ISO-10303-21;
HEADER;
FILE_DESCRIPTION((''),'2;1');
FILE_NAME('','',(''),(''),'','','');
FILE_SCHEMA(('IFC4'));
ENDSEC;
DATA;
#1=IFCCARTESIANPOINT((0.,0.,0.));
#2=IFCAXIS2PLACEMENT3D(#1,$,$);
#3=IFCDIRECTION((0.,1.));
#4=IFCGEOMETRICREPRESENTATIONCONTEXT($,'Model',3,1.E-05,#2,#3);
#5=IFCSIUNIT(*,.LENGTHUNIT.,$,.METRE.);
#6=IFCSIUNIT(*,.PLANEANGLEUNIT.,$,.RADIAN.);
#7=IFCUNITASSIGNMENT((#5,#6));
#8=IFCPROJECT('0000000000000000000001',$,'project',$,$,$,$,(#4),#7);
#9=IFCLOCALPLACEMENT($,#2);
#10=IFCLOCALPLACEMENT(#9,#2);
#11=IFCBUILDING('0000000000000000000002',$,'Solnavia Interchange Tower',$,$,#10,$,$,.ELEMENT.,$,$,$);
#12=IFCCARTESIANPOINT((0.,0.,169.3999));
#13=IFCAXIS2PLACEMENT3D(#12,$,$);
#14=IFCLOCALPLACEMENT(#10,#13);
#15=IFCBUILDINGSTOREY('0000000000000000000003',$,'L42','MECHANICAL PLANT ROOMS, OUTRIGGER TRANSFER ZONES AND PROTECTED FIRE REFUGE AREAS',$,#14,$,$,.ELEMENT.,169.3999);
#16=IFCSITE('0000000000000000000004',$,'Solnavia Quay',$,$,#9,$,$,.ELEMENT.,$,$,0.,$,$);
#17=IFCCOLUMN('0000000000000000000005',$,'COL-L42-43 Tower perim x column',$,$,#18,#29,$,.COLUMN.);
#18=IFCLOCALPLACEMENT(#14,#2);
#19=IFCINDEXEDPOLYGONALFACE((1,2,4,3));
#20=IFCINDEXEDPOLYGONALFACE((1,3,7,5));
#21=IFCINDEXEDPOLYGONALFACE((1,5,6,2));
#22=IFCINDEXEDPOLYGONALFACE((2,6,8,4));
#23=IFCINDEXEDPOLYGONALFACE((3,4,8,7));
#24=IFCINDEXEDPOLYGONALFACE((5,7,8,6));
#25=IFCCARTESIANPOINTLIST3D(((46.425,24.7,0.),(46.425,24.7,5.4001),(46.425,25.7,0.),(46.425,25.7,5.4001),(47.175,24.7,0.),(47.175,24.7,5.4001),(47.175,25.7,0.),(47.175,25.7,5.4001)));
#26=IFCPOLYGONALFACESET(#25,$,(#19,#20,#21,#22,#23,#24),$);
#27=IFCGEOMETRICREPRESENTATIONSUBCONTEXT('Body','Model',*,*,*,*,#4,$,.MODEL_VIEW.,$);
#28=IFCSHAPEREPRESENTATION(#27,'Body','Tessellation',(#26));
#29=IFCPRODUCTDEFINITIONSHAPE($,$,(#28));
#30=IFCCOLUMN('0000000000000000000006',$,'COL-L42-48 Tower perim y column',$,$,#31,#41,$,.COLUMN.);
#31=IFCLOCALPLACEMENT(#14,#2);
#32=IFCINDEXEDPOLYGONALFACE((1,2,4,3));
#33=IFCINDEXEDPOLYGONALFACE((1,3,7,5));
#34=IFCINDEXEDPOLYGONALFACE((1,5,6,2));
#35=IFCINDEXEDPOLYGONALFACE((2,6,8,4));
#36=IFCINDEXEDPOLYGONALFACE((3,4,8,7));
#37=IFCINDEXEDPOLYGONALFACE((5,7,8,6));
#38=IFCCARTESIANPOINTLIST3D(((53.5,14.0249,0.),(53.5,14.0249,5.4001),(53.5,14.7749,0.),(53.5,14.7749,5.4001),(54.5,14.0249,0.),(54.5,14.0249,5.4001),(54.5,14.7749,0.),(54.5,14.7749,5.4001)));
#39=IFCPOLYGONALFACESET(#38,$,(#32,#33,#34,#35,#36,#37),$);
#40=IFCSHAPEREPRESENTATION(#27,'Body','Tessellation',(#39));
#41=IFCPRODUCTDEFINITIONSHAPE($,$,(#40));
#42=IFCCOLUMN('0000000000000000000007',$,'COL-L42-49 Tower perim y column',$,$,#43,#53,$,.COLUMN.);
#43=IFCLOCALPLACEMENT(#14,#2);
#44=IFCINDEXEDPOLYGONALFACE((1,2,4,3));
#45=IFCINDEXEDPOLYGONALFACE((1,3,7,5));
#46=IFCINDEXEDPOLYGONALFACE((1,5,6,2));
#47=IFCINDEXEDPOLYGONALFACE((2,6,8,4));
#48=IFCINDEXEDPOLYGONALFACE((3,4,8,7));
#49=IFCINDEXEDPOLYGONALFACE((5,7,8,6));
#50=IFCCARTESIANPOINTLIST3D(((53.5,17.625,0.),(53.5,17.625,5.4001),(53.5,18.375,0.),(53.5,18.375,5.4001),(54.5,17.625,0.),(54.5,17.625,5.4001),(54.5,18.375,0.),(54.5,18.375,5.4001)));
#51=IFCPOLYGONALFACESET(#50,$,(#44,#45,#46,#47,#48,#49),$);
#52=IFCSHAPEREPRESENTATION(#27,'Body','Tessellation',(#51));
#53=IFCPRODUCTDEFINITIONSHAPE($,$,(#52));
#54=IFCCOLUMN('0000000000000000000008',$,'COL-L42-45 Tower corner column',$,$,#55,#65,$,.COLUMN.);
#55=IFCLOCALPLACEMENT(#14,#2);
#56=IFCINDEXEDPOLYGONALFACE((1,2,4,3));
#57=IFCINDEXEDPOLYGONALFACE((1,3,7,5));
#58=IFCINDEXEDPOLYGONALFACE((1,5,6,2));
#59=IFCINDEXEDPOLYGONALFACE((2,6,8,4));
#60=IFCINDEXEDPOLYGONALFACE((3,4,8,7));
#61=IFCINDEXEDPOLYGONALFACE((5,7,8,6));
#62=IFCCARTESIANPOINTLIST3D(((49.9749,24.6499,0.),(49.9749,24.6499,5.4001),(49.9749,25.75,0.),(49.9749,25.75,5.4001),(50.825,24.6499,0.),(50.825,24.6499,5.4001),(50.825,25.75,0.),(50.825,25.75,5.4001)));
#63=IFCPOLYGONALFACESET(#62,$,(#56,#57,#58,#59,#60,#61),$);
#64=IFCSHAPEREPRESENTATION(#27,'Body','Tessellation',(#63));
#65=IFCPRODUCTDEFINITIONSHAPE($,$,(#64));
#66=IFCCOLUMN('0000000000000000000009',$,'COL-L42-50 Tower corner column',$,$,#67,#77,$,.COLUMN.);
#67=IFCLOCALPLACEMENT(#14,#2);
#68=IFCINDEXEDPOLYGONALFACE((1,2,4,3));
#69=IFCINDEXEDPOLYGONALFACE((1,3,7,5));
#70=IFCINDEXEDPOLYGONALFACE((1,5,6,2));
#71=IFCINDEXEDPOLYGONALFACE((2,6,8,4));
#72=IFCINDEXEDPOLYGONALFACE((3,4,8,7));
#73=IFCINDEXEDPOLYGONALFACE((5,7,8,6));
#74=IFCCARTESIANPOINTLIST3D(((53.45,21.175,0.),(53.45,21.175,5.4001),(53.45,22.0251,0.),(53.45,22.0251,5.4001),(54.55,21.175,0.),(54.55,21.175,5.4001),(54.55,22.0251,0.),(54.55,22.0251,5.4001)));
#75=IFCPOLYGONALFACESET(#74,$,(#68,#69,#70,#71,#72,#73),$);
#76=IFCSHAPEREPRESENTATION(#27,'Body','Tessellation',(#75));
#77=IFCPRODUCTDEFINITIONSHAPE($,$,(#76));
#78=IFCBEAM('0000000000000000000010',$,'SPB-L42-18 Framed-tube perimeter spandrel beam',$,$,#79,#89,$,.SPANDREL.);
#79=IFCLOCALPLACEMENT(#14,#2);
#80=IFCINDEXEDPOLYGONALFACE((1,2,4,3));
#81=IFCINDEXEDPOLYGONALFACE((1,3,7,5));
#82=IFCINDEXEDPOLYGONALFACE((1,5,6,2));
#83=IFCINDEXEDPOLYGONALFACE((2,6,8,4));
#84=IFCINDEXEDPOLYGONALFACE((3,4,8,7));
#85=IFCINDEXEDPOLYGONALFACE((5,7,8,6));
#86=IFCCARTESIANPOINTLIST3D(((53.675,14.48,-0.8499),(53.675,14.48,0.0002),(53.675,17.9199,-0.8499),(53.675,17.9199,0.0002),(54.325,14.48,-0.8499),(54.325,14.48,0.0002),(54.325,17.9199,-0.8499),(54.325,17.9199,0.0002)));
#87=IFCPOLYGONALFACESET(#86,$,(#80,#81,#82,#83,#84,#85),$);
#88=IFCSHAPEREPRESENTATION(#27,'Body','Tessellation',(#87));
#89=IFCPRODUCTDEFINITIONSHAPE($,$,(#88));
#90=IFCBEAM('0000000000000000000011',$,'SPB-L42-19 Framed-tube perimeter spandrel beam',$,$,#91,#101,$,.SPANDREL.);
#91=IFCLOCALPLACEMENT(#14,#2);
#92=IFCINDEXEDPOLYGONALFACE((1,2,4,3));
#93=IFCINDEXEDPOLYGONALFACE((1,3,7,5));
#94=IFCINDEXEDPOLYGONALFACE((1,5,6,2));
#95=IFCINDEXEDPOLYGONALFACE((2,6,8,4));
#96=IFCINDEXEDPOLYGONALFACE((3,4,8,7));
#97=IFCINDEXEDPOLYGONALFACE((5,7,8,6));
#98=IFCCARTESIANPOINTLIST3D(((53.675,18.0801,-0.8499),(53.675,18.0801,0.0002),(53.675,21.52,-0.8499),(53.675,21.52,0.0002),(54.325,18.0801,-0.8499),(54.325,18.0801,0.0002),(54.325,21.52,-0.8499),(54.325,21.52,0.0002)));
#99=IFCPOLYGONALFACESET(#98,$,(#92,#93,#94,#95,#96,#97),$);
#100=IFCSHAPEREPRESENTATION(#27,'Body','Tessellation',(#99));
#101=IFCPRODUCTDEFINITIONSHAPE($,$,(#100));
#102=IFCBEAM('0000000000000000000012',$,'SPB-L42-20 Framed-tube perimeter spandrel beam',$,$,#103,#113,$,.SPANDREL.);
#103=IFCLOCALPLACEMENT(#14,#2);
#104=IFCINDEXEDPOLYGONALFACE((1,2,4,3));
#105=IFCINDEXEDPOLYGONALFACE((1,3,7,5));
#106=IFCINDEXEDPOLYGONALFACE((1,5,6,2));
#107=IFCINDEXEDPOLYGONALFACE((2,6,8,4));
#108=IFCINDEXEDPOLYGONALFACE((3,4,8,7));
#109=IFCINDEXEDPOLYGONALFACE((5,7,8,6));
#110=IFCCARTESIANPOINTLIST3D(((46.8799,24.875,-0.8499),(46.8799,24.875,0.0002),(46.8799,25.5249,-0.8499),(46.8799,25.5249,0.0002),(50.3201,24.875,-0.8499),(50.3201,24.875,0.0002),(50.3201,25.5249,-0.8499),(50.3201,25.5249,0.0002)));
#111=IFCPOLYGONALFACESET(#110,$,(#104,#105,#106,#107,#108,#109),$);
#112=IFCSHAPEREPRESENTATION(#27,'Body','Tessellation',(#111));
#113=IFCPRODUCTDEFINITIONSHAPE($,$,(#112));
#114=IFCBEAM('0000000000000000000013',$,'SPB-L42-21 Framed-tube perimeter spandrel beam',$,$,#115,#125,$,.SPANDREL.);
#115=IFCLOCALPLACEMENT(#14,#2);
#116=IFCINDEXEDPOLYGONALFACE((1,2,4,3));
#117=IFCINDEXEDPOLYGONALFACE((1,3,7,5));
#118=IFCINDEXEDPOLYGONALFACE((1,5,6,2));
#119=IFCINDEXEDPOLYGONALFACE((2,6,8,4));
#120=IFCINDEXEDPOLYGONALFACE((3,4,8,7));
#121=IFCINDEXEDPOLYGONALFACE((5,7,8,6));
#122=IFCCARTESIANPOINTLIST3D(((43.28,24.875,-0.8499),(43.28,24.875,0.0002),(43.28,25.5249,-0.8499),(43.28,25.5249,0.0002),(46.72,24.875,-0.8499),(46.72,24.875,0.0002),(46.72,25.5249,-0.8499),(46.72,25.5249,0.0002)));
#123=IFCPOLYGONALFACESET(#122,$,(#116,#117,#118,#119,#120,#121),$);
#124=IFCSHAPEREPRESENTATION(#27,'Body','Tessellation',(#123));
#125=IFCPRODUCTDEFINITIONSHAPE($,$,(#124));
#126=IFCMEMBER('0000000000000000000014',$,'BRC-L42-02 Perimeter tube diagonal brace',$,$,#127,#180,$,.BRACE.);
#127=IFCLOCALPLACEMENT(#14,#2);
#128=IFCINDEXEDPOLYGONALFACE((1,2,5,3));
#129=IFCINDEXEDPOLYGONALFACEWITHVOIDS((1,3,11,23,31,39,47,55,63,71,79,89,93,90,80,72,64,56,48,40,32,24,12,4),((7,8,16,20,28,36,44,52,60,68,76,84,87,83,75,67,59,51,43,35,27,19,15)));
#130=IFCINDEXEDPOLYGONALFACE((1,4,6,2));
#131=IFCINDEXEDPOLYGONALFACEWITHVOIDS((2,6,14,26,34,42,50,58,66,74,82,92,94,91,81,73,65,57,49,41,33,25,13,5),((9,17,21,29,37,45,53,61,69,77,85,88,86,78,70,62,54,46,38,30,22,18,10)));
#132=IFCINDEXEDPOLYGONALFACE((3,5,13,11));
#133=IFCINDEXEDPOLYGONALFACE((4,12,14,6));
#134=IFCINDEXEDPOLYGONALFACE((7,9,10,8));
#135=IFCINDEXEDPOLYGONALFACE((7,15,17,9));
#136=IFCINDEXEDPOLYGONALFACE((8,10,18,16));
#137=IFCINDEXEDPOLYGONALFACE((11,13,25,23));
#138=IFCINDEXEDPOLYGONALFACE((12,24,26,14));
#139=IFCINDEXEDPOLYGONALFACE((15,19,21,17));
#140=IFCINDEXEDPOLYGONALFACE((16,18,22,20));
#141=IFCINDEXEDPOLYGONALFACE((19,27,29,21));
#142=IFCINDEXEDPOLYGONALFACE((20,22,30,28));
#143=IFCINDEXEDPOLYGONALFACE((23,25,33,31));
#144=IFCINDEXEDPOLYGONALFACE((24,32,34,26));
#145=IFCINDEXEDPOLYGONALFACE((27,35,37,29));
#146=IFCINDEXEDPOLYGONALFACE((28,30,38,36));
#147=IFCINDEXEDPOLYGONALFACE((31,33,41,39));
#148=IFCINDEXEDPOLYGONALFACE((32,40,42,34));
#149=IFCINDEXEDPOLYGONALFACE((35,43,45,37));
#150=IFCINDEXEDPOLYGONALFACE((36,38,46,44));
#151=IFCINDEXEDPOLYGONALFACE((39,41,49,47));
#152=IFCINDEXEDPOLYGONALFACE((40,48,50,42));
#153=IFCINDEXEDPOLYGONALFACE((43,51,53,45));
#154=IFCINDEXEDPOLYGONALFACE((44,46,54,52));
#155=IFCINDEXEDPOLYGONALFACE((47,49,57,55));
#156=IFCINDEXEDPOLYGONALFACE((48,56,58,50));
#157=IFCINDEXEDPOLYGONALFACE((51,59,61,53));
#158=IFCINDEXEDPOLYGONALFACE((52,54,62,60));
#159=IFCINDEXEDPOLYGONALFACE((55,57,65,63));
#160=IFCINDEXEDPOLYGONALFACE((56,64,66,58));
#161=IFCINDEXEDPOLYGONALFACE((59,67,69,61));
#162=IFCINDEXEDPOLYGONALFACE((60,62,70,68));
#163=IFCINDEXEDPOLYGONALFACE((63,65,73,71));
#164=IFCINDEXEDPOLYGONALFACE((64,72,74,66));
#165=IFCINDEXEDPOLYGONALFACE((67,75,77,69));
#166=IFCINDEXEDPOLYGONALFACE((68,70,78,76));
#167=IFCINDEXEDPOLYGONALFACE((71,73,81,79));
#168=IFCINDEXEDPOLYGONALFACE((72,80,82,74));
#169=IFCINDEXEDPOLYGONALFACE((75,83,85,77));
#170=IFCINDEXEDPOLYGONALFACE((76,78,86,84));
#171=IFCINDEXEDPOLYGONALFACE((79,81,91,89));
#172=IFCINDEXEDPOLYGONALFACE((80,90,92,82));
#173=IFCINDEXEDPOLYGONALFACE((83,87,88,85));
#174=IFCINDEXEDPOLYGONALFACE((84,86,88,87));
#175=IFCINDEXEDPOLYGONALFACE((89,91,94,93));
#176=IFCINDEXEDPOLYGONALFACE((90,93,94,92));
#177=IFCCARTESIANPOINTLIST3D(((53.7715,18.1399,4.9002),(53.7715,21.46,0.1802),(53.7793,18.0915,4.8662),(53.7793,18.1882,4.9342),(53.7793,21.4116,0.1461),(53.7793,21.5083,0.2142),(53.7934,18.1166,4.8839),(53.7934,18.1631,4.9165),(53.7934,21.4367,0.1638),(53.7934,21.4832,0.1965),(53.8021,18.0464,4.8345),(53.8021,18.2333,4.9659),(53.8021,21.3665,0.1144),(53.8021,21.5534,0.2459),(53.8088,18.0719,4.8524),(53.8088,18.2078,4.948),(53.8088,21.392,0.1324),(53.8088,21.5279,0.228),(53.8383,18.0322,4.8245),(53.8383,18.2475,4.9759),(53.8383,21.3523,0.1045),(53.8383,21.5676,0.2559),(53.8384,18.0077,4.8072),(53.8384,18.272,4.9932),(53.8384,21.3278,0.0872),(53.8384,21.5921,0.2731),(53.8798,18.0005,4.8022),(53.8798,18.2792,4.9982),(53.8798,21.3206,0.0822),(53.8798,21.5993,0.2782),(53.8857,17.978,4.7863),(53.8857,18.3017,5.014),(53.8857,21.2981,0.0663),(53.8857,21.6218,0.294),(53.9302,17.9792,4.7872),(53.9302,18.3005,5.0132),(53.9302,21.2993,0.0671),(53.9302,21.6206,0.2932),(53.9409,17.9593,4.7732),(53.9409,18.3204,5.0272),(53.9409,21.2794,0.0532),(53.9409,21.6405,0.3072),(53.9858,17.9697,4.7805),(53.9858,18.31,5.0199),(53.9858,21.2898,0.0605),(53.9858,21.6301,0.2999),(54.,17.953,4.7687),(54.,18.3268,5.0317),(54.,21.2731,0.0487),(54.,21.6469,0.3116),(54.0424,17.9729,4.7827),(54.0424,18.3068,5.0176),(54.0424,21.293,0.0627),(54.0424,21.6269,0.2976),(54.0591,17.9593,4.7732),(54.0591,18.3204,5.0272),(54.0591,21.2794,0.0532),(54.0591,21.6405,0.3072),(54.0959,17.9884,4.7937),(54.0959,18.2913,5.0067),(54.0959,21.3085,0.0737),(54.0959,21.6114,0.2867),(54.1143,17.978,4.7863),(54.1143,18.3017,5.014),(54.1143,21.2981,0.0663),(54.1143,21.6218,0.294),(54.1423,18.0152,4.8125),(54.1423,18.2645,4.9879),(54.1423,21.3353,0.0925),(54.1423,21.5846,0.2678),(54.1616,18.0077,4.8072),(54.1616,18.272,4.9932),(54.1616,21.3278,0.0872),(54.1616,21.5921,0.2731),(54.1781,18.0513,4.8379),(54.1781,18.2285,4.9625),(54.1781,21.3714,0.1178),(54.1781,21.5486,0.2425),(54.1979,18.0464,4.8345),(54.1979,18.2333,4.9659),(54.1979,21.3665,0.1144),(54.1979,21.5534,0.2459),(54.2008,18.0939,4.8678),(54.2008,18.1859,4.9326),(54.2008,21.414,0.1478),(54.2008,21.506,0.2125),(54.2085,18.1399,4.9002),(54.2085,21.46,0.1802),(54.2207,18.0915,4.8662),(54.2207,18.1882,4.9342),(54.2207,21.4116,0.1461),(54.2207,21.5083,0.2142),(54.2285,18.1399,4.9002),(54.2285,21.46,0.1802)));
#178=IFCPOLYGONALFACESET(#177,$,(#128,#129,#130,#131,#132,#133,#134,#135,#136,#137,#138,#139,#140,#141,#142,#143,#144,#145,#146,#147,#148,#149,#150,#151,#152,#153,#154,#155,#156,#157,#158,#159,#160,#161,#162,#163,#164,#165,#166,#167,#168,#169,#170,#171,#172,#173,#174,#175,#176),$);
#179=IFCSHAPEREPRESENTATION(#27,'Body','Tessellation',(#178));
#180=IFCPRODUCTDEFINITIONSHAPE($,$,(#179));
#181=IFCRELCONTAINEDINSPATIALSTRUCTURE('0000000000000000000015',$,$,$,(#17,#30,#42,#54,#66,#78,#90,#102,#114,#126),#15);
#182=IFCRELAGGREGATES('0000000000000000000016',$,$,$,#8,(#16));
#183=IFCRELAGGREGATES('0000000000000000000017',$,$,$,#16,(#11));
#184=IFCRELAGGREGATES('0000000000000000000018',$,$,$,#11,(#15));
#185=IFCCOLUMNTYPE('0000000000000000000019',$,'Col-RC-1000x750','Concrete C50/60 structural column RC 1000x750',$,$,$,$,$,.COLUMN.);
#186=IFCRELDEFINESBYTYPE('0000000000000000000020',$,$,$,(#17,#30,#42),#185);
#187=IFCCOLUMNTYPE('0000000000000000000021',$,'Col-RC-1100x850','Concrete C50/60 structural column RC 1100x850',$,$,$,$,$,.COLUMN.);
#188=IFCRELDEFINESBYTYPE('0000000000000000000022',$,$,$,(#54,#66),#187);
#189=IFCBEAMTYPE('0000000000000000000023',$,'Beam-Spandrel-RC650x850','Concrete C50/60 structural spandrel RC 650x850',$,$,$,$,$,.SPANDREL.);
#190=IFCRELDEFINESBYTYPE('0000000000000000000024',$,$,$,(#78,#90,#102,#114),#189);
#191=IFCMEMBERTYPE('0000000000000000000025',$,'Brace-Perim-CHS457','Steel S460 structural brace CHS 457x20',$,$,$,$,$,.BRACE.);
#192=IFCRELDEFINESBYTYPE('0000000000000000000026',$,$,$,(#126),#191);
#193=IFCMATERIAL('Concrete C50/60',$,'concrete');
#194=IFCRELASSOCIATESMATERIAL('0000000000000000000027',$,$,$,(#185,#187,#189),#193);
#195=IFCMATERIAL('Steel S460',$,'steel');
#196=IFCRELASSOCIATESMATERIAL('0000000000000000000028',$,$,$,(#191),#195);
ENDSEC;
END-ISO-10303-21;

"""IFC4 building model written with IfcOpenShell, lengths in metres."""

from ifc_helpers import new_model, si_unit, direction, frame, origin, origin_2d, place, context, subcontext, project, spatial, rectangle, hollow_circle, extrude, material, material_profile, profile_set, type_object, element, save


model = new_model("IFC4")

# Units and contexts
model_context = context("Model", 3, precision=1e-05, world=origin(), true_north=direction((0.0, 1.0)))
body_context = subcontext(model_context, "Body", "Model", "MODEL_VIEW")
ifc_project = project(units=[si_unit("LENGTHUNIT", "METRE"), si_unit("PLANEANGLEUNIT", "RADIAN")], contexts=[model_context])

# Site, building, storey
site_placement = place(None, origin())
site = spatial("IfcSite", under=ifc_project, at=site_placement, Name="Solnavia Quay", CompositionType="ELEMENT", RefElevation=0.0)
building_placement = place(site_placement, origin())
building = spatial("IfcBuilding", under=site, at=building_placement, Name="Solnavia Interchange Tower", CompositionType="ELEMENT")
storey_placement = place(building_placement, frame((0.0, 0.0, 169.3999)))
storey = spatial("IfcBuildingStorey", under=building, at=storey_placement, Name="L42", Description="MECHANICAL PLANT ROOMS, OUTRIGGER TRANSFER ZONES AND PROTECTED FIRE REFUGE AREAS", CompositionType="ELEMENT", Elevation=169.3999)

# Columns
ifc_material_1 = material(Name="Concrete C50/60", Category="concrete")
ifc_material_profile_1 = material_profile(ifc_material_1, rectangle(XDim=0.75, YDim=1.0, at=origin_2d()), Name="RC 1000x750")
ifc_profile_set_1 = profile_set([ifc_material_profile_1], Name="Concrete C50/60")
column_type_1 = type_object("IfcColumnType", Name="Col-RC-1000x750", Description="Concrete C50/60 structural column RC 1000x750", PredefinedType="COLUMN", material=ifc_profile_set_1)
for number, where, z_axis, x_axis, name in (
    (1, (46.8, 25.2, 0.0), (0.0, 0.0, 1.0), (1.0, 0.0, 0.0), "COL-L42-43 Tower perim x column"),
    (2, (54.0, 14.3999, 0.0), (0.0, 0.0, 1.0), (0.0, 1.0, 0.0), "COL-L42-48 Tower perim y column"),
    (3, (54.0, 18.0, 0.0), (0.0, 0.0, 1.0), (0.0, 1.0, 0.0), "COL-L42-49 Tower perim y column"),
):
    element("IfcColumn", number, at=place(storey_placement, frame(where, z_axis=z_axis, x_axis=x_axis)), inside=storey, type_object=column_type_1, Name=name, PredefinedType="COLUMN", context=body_context, shape_type="SweptSolid", body=[
        extrude(rectangle(XDim=0.75, YDim=1.0, at=origin_2d()), origin(), (0.0, 0.0, 1.0), 5.4001),
    ])
ifc_material_profile_2 = material_profile(ifc_material_1, rectangle(XDim=0.8501, YDim=1.1001, at=origin_2d()), Name="RC 1100x850")
ifc_profile_set_2 = profile_set([ifc_material_profile_2], Name="Concrete C50/60")
column_type_2 = type_object("IfcColumnType", Name="Col-RC-1100x850", Description="Concrete C50/60 structural column RC 1100x850", PredefinedType="COLUMN", material=ifc_profile_set_2)
for number, where, z_axis, x_axis, name in (
    (4, (50.3999, 25.2, 0.0), (0.0, 0.0, 1.0), (1.0, 0.0, 0.0), "COL-L42-45 Tower corner column"),
    (5, (54.0, 21.6001, 0.0), (0.0, 0.0, 1.0), (0.0, 1.0, 0.0), "COL-L42-50 Tower corner column"),
):
    element("IfcColumn", number, at=place(storey_placement, frame(where, z_axis=z_axis, x_axis=x_axis)), inside=storey, type_object=column_type_2, Name=name, PredefinedType="COLUMN", context=body_context, shape_type="SweptSolid", body=[
        extrude(rectangle(XDim=0.8501, YDim=1.1001, at=origin_2d()), origin(), (0.0, 0.0, 1.0), 5.4001),
    ])

# Beams
ifc_material_profile_3 = material_profile(ifc_material_1, rectangle(XDim=0.6499, YDim=0.8501, at=origin_2d()), Name="RC 650x850")
ifc_profile_set_3 = profile_set([ifc_material_profile_3], Name="Concrete C50/60")
beam_type = type_object("IfcBeamType", Name="Beam-Spandrel-RC650x850", Description="Concrete C50/60 structural spandrel RC 650x850", PredefinedType="SPANDREL", material=ifc_profile_set_3)
for number, where, z_axis, x_axis, name in (
    (6, (54.0, 14.48, -0.4248), (0.0, 1.0, 0.0), (-1.0, 0.0, 0.0), "SPB-L42-18 Framed-tube perimeter spandrel beam"),
    (7, (54.0, 18.0801, -0.4248), (0.0, 1.0, 0.0), (-1.0, 0.0, 0.0), "SPB-L42-19 Framed-tube perimeter spandrel beam"),
):
    element("IfcBeam", number, at=place(storey_placement, frame(where, z_axis=z_axis, x_axis=x_axis)), inside=storey, type_object=beam_type, Name=name, PredefinedType="SPANDREL", context=body_context, shape_type="SweptSolid", body=[
        extrude(rectangle(XDim=0.6499, YDim=0.8501, at=origin_2d()), origin(), (0.0, 0.0, 1.0), 3.4399),
    ])
beam_1_placement = place(storey_placement, frame((50.3201, 25.2, -0.4248), z_axis=(-1.0, 0.0, 0.0), x_axis=(0.0, -1.0, 0.0)))
element("IfcBeam", 8, at=beam_1_placement, inside=storey, type_object=beam_type, Name="SPB-L42-20 Framed-tube perimeter spandrel beam", PredefinedType="SPANDREL", context=body_context, shape_type="SweptSolid", body=[
    extrude(rectangle(XDim=0.6499, YDim=0.8501, at=origin_2d()), origin(), (0.0, 0.0, 1.0), 3.4402),
])
beam_2_placement = place(storey_placement, frame((46.72, 25.2, -0.4248), z_axis=(-1.0, 0.0, 0.0), x_axis=(0.0, -1.0, 0.0)))
element("IfcBeam", 9, at=beam_2_placement, inside=storey, type_object=beam_type, Name="SPB-L42-21 Framed-tube perimeter spandrel beam", PredefinedType="SPANDREL", context=body_context, shape_type="SweptSolid", body=[
    extrude(rectangle(XDim=0.6499, YDim=0.8501, at=origin_2d()), origin(), (0.0, 0.0, 1.0), 3.4399),
])

# Member
ifc_material_2 = material(Name="Steel S460", Category="steel")
ifc_material_profile_4 = material_profile(ifc_material_2, hollow_circle(Radius=0.2285, WallThickness=0.02, at=origin_2d()), Name="CHS 457x20")
ifc_profile_set_4 = profile_set([ifc_material_profile_4], Name="Steel S460")
member_type_1 = type_object("IfcMemberType", Name="Brace-Perim-CHS457", Description="Steel S460 structural brace CHS 457x20", PredefinedType="BRACE", material=ifc_profile_set_4)
member_1_placement = place(storey_placement, frame((54.0, 21.46, 0.1802), z_axis=(0.0, -0.575332, 0.81792), x_axis=(1.0, 0.0, 0.0)))
element("IfcMember", 10, at=member_1_placement, inside=storey, type_object=member_type_1, Name="BRC-L42-02 Perimeter tube diagonal brace", PredefinedType="BRACE", context=body_context, shape_type="SweptSolid", body=[
    extrude(hollow_circle(Radius=0.2285, WallThickness=0.02, at=origin_2d()), origin(), (0.0, 0.0, 1.0), 5.7708),
])

save(model, "model.ifc")
